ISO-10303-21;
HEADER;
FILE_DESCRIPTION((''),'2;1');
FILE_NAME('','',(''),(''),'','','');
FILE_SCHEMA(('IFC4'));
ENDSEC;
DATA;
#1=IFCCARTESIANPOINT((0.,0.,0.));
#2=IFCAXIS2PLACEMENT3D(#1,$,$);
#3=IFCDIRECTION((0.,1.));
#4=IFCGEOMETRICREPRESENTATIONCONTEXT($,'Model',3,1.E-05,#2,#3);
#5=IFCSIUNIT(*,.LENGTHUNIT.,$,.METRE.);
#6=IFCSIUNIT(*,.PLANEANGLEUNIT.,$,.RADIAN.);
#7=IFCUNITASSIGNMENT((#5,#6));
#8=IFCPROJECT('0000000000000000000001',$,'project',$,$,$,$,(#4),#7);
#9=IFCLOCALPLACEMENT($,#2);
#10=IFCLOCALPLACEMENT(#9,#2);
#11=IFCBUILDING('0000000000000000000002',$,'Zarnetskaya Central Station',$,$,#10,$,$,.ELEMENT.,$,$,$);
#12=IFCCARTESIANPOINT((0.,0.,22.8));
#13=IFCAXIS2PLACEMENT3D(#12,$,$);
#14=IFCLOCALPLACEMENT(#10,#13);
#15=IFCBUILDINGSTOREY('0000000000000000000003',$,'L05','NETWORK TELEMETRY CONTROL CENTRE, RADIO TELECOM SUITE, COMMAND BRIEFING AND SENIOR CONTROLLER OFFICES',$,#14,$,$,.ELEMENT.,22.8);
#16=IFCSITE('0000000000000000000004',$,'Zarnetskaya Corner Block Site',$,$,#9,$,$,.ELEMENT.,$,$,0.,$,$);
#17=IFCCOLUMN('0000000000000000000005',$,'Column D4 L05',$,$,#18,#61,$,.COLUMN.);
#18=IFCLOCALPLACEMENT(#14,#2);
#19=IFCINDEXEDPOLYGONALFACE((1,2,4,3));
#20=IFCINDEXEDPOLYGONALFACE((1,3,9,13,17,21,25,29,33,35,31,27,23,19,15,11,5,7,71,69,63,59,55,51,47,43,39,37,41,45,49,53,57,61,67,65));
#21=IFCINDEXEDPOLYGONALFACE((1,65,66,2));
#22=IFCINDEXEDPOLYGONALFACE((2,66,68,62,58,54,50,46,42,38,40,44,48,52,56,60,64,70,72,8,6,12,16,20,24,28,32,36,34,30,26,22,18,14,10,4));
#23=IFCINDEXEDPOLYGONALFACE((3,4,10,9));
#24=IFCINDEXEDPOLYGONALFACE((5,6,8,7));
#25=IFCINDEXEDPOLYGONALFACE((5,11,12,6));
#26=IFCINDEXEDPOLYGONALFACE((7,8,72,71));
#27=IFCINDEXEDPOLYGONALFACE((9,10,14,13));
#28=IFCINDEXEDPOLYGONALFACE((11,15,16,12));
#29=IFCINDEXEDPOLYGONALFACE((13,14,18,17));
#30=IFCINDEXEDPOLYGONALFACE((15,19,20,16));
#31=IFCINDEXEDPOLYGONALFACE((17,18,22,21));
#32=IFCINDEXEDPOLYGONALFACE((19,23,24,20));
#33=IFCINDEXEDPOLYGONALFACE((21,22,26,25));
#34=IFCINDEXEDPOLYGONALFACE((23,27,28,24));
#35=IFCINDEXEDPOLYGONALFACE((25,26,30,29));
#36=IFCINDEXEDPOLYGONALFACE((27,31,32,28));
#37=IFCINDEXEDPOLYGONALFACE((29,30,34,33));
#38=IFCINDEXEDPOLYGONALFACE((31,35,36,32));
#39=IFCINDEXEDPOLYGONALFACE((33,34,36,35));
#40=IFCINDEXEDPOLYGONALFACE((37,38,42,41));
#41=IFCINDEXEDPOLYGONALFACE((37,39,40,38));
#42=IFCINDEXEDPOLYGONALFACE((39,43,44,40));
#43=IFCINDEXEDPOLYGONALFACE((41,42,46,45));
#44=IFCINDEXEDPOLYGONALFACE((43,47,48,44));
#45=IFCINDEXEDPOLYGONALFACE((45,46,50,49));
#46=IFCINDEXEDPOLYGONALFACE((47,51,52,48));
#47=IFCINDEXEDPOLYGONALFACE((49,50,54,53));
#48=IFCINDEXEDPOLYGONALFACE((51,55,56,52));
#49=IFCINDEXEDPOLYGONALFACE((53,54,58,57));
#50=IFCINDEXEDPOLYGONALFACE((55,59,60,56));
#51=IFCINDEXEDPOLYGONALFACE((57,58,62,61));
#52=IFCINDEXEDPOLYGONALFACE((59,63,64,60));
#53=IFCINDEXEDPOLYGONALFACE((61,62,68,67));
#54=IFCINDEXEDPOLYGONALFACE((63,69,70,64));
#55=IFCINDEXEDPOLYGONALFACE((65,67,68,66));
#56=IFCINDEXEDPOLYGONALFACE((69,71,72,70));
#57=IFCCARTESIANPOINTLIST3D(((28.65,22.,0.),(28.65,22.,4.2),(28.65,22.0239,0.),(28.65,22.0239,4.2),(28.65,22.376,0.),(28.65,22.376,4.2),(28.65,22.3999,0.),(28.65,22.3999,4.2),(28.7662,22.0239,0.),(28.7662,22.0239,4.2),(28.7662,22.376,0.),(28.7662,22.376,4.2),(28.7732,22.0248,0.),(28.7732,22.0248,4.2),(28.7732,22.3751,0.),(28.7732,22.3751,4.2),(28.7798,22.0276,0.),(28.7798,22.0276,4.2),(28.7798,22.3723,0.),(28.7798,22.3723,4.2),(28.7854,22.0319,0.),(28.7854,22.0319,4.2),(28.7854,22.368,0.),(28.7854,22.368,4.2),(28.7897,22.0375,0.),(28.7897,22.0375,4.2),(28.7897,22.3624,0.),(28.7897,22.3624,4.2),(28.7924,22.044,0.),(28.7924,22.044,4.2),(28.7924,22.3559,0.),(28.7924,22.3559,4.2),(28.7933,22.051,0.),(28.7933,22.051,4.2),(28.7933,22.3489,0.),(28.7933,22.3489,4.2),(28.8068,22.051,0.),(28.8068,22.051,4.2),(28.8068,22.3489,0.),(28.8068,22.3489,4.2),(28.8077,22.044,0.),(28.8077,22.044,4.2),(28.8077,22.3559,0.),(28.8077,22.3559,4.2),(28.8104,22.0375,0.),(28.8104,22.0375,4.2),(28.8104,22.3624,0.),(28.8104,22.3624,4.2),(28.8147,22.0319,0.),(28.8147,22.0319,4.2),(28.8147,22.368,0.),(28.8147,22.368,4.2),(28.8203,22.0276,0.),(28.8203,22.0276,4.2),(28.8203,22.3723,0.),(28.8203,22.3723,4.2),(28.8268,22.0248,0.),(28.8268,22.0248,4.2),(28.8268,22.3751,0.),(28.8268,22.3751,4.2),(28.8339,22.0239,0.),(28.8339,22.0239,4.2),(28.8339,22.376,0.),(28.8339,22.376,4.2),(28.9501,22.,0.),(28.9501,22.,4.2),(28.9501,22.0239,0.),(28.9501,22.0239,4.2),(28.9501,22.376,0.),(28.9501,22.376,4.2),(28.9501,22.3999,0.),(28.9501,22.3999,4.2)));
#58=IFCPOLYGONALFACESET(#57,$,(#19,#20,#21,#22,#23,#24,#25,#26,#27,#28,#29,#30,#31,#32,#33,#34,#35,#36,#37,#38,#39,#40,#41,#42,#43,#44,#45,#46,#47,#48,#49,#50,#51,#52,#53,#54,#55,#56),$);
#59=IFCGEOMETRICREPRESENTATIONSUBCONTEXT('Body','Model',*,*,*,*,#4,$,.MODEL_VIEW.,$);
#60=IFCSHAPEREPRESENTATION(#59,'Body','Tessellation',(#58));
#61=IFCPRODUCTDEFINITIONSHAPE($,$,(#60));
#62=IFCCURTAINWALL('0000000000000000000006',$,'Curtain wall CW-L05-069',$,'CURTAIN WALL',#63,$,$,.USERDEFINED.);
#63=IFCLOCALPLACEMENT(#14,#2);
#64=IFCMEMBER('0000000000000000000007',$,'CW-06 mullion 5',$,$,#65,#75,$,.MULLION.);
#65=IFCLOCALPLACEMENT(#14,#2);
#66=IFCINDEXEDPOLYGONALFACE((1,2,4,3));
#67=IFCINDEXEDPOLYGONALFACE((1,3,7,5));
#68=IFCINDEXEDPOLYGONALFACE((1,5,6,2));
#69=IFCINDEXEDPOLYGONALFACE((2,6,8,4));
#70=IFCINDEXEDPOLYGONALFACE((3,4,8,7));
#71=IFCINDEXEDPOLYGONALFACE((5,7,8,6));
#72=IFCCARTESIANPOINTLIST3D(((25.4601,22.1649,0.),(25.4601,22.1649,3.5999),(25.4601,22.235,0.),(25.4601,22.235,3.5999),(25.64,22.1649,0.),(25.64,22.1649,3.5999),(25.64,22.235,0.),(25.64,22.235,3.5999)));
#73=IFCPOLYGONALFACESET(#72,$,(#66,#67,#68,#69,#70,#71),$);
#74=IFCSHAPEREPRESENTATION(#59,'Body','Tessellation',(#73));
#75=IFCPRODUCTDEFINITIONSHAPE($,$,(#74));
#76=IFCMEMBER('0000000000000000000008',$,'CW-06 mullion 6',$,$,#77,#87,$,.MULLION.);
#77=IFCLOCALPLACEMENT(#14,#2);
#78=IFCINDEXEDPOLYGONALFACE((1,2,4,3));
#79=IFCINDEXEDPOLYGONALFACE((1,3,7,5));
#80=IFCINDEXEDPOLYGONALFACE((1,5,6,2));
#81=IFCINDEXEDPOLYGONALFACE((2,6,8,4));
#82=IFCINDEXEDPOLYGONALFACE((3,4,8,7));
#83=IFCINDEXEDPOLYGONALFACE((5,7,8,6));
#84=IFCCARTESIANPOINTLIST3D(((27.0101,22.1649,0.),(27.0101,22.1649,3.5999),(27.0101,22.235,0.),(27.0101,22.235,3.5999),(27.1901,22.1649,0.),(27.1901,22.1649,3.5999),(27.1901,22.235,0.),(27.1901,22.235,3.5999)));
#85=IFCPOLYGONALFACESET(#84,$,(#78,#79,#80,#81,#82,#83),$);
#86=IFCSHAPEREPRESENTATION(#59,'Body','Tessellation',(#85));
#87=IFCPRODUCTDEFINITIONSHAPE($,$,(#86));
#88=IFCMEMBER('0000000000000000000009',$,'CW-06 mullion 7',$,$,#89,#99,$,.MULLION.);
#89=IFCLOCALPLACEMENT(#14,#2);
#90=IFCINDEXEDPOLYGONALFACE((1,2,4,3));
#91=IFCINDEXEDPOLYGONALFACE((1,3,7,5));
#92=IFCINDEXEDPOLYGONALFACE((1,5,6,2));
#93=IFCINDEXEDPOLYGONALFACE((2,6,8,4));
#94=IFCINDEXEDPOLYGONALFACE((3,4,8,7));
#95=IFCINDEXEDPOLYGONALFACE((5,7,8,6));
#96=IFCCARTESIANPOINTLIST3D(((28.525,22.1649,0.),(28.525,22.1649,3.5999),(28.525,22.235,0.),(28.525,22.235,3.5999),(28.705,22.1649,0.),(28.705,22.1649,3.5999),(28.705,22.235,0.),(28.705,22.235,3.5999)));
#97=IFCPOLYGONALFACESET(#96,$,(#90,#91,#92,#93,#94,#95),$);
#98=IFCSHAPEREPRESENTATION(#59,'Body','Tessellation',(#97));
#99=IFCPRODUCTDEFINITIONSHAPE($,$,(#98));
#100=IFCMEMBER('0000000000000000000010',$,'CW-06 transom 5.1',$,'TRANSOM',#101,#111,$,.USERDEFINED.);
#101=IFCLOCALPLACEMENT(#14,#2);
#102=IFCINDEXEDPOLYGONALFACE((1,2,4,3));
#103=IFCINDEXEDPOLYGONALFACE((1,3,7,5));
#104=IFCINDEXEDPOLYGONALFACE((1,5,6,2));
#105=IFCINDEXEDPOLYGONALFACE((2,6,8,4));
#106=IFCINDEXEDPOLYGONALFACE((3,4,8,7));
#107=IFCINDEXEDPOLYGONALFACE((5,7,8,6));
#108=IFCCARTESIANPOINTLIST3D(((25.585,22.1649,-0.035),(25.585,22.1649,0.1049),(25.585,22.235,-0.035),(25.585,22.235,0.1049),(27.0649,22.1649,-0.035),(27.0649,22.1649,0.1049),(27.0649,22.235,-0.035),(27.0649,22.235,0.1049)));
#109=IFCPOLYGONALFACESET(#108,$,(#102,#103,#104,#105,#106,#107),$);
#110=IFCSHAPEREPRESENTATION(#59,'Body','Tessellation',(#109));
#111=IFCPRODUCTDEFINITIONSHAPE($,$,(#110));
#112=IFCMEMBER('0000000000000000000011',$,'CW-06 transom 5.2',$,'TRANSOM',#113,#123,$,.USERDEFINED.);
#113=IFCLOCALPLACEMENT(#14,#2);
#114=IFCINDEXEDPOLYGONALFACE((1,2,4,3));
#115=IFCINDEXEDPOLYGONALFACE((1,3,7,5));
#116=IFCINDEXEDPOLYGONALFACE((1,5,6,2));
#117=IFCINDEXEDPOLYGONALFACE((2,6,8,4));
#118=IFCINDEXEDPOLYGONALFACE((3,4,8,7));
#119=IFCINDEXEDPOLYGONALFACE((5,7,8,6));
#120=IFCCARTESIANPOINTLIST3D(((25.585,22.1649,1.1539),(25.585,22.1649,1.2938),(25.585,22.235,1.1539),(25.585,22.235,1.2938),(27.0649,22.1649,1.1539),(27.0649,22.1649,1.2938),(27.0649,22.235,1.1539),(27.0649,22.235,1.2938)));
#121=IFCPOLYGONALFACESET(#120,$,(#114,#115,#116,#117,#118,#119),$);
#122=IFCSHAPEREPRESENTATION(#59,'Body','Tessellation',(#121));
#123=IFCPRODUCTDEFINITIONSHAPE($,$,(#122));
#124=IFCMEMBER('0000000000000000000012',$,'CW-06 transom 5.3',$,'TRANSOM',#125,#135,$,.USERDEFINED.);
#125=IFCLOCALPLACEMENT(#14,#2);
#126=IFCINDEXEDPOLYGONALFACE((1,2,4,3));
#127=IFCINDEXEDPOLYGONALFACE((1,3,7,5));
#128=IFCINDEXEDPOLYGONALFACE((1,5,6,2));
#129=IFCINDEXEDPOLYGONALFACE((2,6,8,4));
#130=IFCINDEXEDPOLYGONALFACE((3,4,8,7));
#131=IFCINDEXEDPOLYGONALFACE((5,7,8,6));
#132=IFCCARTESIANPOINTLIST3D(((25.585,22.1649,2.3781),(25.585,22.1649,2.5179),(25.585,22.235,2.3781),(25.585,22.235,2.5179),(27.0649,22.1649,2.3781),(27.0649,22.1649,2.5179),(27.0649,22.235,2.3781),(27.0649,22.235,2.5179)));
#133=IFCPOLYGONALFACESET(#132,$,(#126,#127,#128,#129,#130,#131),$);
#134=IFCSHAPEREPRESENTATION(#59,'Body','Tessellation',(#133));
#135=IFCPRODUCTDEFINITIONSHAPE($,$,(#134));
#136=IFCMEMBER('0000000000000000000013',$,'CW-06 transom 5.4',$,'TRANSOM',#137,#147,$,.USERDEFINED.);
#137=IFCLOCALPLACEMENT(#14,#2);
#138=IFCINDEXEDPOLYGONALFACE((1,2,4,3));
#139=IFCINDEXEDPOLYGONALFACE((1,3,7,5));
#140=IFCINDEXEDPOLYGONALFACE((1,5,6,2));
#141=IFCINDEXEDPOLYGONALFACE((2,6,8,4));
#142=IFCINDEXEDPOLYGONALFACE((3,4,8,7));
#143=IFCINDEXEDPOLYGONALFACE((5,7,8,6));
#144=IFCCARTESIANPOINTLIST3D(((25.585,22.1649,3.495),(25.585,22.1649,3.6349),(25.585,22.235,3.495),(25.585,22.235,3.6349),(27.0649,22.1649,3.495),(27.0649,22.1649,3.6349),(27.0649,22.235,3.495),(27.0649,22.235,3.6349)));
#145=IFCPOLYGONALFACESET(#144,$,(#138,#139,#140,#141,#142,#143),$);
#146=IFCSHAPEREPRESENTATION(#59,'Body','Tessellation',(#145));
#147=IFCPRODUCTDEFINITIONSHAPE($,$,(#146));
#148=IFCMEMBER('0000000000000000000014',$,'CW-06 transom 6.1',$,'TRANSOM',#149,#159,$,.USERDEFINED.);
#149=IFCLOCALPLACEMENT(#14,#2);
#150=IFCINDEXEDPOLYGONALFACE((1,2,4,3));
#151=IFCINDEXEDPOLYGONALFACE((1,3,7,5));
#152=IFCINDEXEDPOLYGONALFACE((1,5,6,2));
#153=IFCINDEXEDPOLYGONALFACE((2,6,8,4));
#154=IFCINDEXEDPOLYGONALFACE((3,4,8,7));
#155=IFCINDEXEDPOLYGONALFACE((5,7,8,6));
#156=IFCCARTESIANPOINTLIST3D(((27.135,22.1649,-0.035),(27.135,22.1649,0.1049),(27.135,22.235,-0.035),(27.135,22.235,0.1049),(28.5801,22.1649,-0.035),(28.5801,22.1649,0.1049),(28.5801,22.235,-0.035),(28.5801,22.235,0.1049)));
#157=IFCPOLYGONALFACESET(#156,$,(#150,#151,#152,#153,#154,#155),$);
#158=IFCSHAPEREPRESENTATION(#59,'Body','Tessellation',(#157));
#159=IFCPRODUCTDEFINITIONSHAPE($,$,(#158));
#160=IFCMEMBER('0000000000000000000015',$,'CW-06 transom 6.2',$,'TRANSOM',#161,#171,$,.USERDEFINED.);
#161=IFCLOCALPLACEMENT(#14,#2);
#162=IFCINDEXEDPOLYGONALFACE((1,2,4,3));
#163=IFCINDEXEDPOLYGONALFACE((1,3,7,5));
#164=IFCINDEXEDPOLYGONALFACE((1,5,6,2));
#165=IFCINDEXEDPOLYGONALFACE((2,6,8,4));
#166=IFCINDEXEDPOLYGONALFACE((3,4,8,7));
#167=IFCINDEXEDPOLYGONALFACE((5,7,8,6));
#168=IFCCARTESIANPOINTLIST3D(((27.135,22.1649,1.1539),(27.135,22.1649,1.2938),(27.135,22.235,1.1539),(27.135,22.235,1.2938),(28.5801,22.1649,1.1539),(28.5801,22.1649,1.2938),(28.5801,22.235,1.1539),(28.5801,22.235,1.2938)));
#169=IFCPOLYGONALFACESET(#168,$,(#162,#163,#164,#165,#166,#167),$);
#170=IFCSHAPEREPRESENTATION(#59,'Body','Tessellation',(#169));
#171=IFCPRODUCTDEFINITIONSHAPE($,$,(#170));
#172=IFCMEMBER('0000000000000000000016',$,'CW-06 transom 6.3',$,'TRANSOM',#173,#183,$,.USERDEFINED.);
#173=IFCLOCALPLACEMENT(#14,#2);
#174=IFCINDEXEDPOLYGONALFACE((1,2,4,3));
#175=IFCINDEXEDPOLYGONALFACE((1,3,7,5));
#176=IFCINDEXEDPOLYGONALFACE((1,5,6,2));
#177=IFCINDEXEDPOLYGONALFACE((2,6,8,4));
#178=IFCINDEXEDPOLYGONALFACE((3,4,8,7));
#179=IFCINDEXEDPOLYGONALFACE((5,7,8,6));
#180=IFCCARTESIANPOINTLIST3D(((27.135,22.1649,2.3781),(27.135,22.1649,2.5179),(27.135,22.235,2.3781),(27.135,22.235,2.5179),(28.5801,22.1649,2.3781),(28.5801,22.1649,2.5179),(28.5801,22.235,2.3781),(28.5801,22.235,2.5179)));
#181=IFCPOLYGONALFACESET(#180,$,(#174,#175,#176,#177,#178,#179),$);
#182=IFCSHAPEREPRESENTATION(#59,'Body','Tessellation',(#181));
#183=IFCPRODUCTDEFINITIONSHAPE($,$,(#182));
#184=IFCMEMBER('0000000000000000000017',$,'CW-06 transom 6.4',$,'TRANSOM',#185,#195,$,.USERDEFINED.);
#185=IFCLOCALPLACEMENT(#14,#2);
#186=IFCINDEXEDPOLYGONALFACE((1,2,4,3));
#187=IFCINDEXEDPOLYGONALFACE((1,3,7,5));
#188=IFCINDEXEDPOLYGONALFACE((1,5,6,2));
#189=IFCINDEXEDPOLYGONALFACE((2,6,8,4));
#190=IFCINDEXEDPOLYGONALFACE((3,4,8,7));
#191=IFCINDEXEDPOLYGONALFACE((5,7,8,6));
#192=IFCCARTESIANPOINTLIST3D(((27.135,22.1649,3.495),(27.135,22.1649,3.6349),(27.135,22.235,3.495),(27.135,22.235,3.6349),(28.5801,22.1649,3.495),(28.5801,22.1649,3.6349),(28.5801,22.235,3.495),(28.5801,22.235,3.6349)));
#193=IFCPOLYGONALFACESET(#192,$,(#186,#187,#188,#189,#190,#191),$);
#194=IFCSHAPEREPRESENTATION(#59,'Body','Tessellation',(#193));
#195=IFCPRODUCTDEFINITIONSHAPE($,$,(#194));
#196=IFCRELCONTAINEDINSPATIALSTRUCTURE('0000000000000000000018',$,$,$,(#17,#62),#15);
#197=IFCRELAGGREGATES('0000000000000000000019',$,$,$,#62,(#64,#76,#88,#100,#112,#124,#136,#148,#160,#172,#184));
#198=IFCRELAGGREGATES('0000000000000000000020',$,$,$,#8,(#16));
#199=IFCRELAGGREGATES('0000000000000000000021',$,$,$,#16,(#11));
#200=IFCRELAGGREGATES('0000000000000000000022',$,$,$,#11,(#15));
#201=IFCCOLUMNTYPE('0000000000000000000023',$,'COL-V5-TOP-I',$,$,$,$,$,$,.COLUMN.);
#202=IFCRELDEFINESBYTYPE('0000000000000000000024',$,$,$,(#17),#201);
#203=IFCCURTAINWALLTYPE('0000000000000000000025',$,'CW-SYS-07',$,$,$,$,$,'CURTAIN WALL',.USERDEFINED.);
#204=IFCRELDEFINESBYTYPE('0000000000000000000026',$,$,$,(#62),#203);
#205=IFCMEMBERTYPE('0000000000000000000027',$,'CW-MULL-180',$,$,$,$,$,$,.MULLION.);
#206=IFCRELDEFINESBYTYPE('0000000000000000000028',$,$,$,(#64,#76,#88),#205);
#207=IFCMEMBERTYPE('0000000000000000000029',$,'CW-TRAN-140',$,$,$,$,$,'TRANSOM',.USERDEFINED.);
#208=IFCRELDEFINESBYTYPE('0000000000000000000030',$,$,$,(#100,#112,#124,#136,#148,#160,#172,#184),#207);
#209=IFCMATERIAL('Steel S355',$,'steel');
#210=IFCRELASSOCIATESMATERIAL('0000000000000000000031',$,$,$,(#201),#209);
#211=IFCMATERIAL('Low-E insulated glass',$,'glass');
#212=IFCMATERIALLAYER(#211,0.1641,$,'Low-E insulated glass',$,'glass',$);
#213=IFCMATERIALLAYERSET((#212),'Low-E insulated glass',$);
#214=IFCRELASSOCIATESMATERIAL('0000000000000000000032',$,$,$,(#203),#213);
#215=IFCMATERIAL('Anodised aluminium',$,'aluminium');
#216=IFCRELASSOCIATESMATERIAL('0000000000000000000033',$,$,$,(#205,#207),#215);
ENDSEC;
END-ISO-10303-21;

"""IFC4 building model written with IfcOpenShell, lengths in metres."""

from ifc_helpers import new_model, si_unit, direction, frame, origin, origin_2d, place, context, subcontext, project, spatial, rectangle, i_section, extrude, material, layer, layer_set, material_profile, profile_set, type_object, element, aggregate, save


model = new_model("IFC4")

# Units and contexts
model_context = context("Model", 3, precision=1e-05, world=origin(), true_north=direction((0.0, 1.0)))
body_context = subcontext(model_context, "Body", "Model", "MODEL_VIEW")
ifc_project = project(units=[si_unit("LENGTHUNIT", "METRE"), si_unit("PLANEANGLEUNIT", "RADIAN")], contexts=[model_context])

# Site, building, storey
site_placement = place(None, origin())
site = spatial("IfcSite", under=ifc_project, at=site_placement, Name="Zarnetskaya Corner Block Site", CompositionType="ELEMENT", RefElevation=0.0)
building_placement = place(site_placement, origin())
building = spatial("IfcBuilding", under=site, at=building_placement, Name="Zarnetskaya Central Station", CompositionType="ELEMENT")
storey_placement = place(building_placement, frame((0.0, 0.0, 22.8)))
storey = spatial("IfcBuildingStorey", under=building, at=storey_placement, Name="L05", Description="NETWORK TELEMETRY CONTROL CENTRE, RADIO TELECOM SUITE, COMMAND BRIEFING AND SENIOR CONTROLLER OFFICES", CompositionType="ELEMENT", Elevation=22.8)

# Column
ifc_material_1 = material(Name="Steel S355", Category="steel")
ifc_material_profile_1 = material_profile(ifc_material_1, i_section(OverallWidth=0.3, OverallDepth=0.3999, WebThickness=0.0134, FlangeThickness=0.0239, FilletRadius=0.0271, at=origin_2d()), Name="HEB 400")
ifc_profile_set_1 = profile_set([ifc_material_profile_1], Name="Steel S355")
column_type = type_object("IfcColumnType", Name="COL-V5-TOP-I", PredefinedType="COLUMN", material=ifc_profile_set_1)
column_placement = place(storey_placement, frame((28.8, 22.2, 0.0), z_axis=(0.0, 0.0, 1.0), x_axis=(1.0, 0.0, 0.0)))
element("IfcColumn", 1, at=column_placement, inside=storey, type_object=column_type, Name="Column D4 L05", PredefinedType="COLUMN", context=body_context, shape_type="SweptSolid", body=[
    extrude(i_section(OverallWidth=0.3, OverallDepth=0.3999, WebThickness=0.0134, FlangeThickness=0.0239, FilletRadius=0.0271, at=origin_2d()), origin(), (0.0, 0.0, 1.0), 4.2),
])

# Curtain wall, members
ifc_material_2 = material(Name="Low-E insulated glass", Category="glass")
ifc_layer_1 = layer(ifc_material_2, 0.1641, Name="Low-E insulated glass", Category="glass")
ifc_layer_set_1 = layer_set([ifc_layer_1], Name="Low-E insulated glass")
curtain_wall_type = type_object("IfcCurtainWallType", Name="CW-SYS-07", ElementType="CURTAIN WALL", PredefinedType="USERDEFINED", material=ifc_layer_set_1)
curtain_wall_placement = place(storey_placement, origin())
curtain_wall = element("IfcCurtainWall", 2, at=curtain_wall_placement, inside=storey, type_object=curtain_wall_type, Name="Curtain wall CW-L05-069", ObjectType="CURTAIN WALL", PredefinedType="USERDEFINED")
ifc_material_3 = material(Name="Anodised aluminium", Category="aluminium")
ifc_material_profile_2 = material_profile(ifc_material_3, rectangle(XDim=0.0701, YDim=0.1799, at=origin_2d()), Name="ALU MULL 70x180")
ifc_profile_set_2 = profile_set([ifc_material_profile_2], Name="Anodised aluminium")
member_type_1 = type_object("IfcMemberType", Name="CW-MULL-180", PredefinedType="MULLION", material=ifc_profile_set_2)
member_1_placement = place(storey_placement, frame((25.55, 22.2, 0.0), z_axis=(0.0, 0.0, 1.0), x_axis=(0.0, 1.0, 0.0)))
member_1 = element("IfcMember", 3, at=member_1_placement, type_object=member_type_1, Name="CW-06 mullion 5", PredefinedType="MULLION", context=body_context, shape_type="SweptSolid", body=[
    extrude(rectangle(XDim=0.0701, YDim=0.1799, at=origin_2d()), origin(), (0.0, 0.0, 1.0), 3.5999),
])
member_2_placement = place(storey_placement, frame((27.1001, 22.2, 0.0), z_axis=(0.0, 0.0, 1.0), x_axis=(0.0, 1.0, 0.0)))
member_2 = element("IfcMember", 4, at=member_2_placement, type_object=member_type_1, Name="CW-06 mullion 6", PredefinedType="MULLION", context=body_context, shape_type="SweptSolid", body=[
    extrude(rectangle(XDim=0.0701, YDim=0.1799, at=origin_2d()), origin(), (0.0, 0.0, 1.0), 3.5999),
])
member_3_placement = place(storey_placement, frame((28.615, 22.2, 0.0), z_axis=(0.0, 0.0, 1.0), x_axis=(0.0, 1.0, 0.0)))
member_3 = element("IfcMember", 5, at=member_3_placement, type_object=member_type_1, Name="CW-06 mullion 7", PredefinedType="MULLION", context=body_context, shape_type="SweptSolid", body=[
    extrude(rectangle(XDim=0.0701, YDim=0.1799, at=origin_2d()), origin(), (0.0, 0.0, 1.0), 3.5999),
])
ifc_material_profile_3 = material_profile(ifc_material_3, rectangle(XDim=0.0701, YDim=0.1399, at=origin_2d()), Name="ALU TRAN 70x140")
ifc_profile_set_3 = profile_set([ifc_material_profile_3], Name="Anodised aluminium")
member_type_2 = type_object("IfcMemberType", Name="CW-TRAN-140", ElementType="TRANSOM", PredefinedType="USERDEFINED", material=ifc_profile_set_3)
member_4_placement = place(storey_placement, frame((25.585, 22.2, 0.0349), z_axis=(1.0, 0.0, 0.0), x_axis=(0.0, 1.0, 0.0)))
member_4 = element("IfcMember", 6, at=member_4_placement, type_object=member_type_2, Name="CW-06 transom 5.1", ObjectType="TRANSOM", PredefinedType="USERDEFINED", context=body_context, shape_type="SweptSolid", body=[
    extrude(rectangle(XDim=0.0701, YDim=0.1399, at=origin_2d()), origin(), (0.0, 0.0, 1.0), 1.48),
])
member_5_placement = place(storey_placement, frame((25.585, 22.2, 1.2239), z_axis=(1.0, 0.0, 0.0), x_axis=(0.0, 1.0, 0.0)))
member_5 = element("IfcMember", 7, at=member_5_placement, type_object=member_type_2, Name="CW-06 transom 5.2", ObjectType="TRANSOM", PredefinedType="USERDEFINED", context=body_context, shape_type="SweptSolid", body=[
    extrude(rectangle(XDim=0.0701, YDim=0.1399, at=origin_2d()), origin(), (0.0, 0.0, 1.0), 1.48),
])
member_6_placement = place(storey_placement, frame((25.585, 22.2, 2.448), z_axis=(1.0, 0.0, 0.0), x_axis=(0.0, 1.0, 0.0)))
member_6 = element("IfcMember", 8, at=member_6_placement, type_object=member_type_2, Name="CW-06 transom 5.3", ObjectType="TRANSOM", PredefinedType="USERDEFINED", context=body_context, shape_type="SweptSolid", body=[
    extrude(rectangle(XDim=0.0701, YDim=0.1399, at=origin_2d()), origin(), (0.0, 0.0, 1.0), 1.48),
])
member_7_placement = place(storey_placement, frame((25.585, 22.2, 3.5649), z_axis=(1.0, 0.0, 0.0), x_axis=(0.0, 1.0, 0.0)))
member_7 = element("IfcMember", 9, at=member_7_placement, type_object=member_type_2, Name="CW-06 transom 5.4", ObjectType="TRANSOM", PredefinedType="USERDEFINED", context=body_context, shape_type="SweptSolid", body=[
    extrude(rectangle(XDim=0.0701, YDim=0.1399, at=origin_2d()), origin(), (0.0, 0.0, 1.0), 1.48),
])
member_8_placement = place(storey_placement, frame((27.135, 22.2, 0.0349), z_axis=(1.0, 0.0, 0.0), x_axis=(0.0, 1.0, 0.0)))
member_8 = element("IfcMember", 10, at=member_8_placement, type_object=member_type_2, Name="CW-06 transom 6.1", ObjectType="TRANSOM", PredefinedType="USERDEFINED", context=body_context, shape_type="SweptSolid", body=[
    extrude(rectangle(XDim=0.0701, YDim=0.1399, at=origin_2d()), origin(), (0.0, 0.0, 1.0), 1.4451),
])
member_9_placement = place(storey_placement, frame((27.135, 22.2, 1.2239), z_axis=(1.0, 0.0, 0.0), x_axis=(0.0, 1.0, 0.0)))
member_9 = element("IfcMember", 11, at=member_9_placement, type_object=member_type_2, Name="CW-06 transom 6.2", ObjectType="TRANSOM", PredefinedType="USERDEFINED", context=body_context, shape_type="SweptSolid", body=[
    extrude(rectangle(XDim=0.0701, YDim=0.1399, at=origin_2d()), origin(), (0.0, 0.0, 1.0), 1.4451),
])
member_10_placement = place(storey_placement, frame((27.135, 22.2, 2.448), z_axis=(1.0, 0.0, 0.0), x_axis=(0.0, 1.0, 0.0)))
member_10 = element("IfcMember", 12, at=member_10_placement, type_object=member_type_2, Name="CW-06 transom 6.3", ObjectType="TRANSOM", PredefinedType="USERDEFINED", context=body_context, shape_type="SweptSolid", body=[
    extrude(rectangle(XDim=0.0701, YDim=0.1399, at=origin_2d()), origin(), (0.0, 0.0, 1.0), 1.4451),
])
member_11_placement = place(storey_placement, frame((27.135, 22.2, 3.5649), z_axis=(1.0, 0.0, 0.0), x_axis=(0.0, 1.0, 0.0)))
member_11 = element("IfcMember", 13, at=member_11_placement, type_object=member_type_2, Name="CW-06 transom 6.4", ObjectType="TRANSOM", PredefinedType="USERDEFINED", context=body_context, shape_type="SweptSolid", body=[
    extrude(rectangle(XDim=0.0701, YDim=0.1399, at=origin_2d()), origin(), (0.0, 0.0, 1.0), 1.4451),
])

aggregate(curtain_wall, [member_1, member_2, member_3, member_4, member_5, member_6, member_7, member_8, member_9, member_10, member_11])

save(model, "model.ifc")
